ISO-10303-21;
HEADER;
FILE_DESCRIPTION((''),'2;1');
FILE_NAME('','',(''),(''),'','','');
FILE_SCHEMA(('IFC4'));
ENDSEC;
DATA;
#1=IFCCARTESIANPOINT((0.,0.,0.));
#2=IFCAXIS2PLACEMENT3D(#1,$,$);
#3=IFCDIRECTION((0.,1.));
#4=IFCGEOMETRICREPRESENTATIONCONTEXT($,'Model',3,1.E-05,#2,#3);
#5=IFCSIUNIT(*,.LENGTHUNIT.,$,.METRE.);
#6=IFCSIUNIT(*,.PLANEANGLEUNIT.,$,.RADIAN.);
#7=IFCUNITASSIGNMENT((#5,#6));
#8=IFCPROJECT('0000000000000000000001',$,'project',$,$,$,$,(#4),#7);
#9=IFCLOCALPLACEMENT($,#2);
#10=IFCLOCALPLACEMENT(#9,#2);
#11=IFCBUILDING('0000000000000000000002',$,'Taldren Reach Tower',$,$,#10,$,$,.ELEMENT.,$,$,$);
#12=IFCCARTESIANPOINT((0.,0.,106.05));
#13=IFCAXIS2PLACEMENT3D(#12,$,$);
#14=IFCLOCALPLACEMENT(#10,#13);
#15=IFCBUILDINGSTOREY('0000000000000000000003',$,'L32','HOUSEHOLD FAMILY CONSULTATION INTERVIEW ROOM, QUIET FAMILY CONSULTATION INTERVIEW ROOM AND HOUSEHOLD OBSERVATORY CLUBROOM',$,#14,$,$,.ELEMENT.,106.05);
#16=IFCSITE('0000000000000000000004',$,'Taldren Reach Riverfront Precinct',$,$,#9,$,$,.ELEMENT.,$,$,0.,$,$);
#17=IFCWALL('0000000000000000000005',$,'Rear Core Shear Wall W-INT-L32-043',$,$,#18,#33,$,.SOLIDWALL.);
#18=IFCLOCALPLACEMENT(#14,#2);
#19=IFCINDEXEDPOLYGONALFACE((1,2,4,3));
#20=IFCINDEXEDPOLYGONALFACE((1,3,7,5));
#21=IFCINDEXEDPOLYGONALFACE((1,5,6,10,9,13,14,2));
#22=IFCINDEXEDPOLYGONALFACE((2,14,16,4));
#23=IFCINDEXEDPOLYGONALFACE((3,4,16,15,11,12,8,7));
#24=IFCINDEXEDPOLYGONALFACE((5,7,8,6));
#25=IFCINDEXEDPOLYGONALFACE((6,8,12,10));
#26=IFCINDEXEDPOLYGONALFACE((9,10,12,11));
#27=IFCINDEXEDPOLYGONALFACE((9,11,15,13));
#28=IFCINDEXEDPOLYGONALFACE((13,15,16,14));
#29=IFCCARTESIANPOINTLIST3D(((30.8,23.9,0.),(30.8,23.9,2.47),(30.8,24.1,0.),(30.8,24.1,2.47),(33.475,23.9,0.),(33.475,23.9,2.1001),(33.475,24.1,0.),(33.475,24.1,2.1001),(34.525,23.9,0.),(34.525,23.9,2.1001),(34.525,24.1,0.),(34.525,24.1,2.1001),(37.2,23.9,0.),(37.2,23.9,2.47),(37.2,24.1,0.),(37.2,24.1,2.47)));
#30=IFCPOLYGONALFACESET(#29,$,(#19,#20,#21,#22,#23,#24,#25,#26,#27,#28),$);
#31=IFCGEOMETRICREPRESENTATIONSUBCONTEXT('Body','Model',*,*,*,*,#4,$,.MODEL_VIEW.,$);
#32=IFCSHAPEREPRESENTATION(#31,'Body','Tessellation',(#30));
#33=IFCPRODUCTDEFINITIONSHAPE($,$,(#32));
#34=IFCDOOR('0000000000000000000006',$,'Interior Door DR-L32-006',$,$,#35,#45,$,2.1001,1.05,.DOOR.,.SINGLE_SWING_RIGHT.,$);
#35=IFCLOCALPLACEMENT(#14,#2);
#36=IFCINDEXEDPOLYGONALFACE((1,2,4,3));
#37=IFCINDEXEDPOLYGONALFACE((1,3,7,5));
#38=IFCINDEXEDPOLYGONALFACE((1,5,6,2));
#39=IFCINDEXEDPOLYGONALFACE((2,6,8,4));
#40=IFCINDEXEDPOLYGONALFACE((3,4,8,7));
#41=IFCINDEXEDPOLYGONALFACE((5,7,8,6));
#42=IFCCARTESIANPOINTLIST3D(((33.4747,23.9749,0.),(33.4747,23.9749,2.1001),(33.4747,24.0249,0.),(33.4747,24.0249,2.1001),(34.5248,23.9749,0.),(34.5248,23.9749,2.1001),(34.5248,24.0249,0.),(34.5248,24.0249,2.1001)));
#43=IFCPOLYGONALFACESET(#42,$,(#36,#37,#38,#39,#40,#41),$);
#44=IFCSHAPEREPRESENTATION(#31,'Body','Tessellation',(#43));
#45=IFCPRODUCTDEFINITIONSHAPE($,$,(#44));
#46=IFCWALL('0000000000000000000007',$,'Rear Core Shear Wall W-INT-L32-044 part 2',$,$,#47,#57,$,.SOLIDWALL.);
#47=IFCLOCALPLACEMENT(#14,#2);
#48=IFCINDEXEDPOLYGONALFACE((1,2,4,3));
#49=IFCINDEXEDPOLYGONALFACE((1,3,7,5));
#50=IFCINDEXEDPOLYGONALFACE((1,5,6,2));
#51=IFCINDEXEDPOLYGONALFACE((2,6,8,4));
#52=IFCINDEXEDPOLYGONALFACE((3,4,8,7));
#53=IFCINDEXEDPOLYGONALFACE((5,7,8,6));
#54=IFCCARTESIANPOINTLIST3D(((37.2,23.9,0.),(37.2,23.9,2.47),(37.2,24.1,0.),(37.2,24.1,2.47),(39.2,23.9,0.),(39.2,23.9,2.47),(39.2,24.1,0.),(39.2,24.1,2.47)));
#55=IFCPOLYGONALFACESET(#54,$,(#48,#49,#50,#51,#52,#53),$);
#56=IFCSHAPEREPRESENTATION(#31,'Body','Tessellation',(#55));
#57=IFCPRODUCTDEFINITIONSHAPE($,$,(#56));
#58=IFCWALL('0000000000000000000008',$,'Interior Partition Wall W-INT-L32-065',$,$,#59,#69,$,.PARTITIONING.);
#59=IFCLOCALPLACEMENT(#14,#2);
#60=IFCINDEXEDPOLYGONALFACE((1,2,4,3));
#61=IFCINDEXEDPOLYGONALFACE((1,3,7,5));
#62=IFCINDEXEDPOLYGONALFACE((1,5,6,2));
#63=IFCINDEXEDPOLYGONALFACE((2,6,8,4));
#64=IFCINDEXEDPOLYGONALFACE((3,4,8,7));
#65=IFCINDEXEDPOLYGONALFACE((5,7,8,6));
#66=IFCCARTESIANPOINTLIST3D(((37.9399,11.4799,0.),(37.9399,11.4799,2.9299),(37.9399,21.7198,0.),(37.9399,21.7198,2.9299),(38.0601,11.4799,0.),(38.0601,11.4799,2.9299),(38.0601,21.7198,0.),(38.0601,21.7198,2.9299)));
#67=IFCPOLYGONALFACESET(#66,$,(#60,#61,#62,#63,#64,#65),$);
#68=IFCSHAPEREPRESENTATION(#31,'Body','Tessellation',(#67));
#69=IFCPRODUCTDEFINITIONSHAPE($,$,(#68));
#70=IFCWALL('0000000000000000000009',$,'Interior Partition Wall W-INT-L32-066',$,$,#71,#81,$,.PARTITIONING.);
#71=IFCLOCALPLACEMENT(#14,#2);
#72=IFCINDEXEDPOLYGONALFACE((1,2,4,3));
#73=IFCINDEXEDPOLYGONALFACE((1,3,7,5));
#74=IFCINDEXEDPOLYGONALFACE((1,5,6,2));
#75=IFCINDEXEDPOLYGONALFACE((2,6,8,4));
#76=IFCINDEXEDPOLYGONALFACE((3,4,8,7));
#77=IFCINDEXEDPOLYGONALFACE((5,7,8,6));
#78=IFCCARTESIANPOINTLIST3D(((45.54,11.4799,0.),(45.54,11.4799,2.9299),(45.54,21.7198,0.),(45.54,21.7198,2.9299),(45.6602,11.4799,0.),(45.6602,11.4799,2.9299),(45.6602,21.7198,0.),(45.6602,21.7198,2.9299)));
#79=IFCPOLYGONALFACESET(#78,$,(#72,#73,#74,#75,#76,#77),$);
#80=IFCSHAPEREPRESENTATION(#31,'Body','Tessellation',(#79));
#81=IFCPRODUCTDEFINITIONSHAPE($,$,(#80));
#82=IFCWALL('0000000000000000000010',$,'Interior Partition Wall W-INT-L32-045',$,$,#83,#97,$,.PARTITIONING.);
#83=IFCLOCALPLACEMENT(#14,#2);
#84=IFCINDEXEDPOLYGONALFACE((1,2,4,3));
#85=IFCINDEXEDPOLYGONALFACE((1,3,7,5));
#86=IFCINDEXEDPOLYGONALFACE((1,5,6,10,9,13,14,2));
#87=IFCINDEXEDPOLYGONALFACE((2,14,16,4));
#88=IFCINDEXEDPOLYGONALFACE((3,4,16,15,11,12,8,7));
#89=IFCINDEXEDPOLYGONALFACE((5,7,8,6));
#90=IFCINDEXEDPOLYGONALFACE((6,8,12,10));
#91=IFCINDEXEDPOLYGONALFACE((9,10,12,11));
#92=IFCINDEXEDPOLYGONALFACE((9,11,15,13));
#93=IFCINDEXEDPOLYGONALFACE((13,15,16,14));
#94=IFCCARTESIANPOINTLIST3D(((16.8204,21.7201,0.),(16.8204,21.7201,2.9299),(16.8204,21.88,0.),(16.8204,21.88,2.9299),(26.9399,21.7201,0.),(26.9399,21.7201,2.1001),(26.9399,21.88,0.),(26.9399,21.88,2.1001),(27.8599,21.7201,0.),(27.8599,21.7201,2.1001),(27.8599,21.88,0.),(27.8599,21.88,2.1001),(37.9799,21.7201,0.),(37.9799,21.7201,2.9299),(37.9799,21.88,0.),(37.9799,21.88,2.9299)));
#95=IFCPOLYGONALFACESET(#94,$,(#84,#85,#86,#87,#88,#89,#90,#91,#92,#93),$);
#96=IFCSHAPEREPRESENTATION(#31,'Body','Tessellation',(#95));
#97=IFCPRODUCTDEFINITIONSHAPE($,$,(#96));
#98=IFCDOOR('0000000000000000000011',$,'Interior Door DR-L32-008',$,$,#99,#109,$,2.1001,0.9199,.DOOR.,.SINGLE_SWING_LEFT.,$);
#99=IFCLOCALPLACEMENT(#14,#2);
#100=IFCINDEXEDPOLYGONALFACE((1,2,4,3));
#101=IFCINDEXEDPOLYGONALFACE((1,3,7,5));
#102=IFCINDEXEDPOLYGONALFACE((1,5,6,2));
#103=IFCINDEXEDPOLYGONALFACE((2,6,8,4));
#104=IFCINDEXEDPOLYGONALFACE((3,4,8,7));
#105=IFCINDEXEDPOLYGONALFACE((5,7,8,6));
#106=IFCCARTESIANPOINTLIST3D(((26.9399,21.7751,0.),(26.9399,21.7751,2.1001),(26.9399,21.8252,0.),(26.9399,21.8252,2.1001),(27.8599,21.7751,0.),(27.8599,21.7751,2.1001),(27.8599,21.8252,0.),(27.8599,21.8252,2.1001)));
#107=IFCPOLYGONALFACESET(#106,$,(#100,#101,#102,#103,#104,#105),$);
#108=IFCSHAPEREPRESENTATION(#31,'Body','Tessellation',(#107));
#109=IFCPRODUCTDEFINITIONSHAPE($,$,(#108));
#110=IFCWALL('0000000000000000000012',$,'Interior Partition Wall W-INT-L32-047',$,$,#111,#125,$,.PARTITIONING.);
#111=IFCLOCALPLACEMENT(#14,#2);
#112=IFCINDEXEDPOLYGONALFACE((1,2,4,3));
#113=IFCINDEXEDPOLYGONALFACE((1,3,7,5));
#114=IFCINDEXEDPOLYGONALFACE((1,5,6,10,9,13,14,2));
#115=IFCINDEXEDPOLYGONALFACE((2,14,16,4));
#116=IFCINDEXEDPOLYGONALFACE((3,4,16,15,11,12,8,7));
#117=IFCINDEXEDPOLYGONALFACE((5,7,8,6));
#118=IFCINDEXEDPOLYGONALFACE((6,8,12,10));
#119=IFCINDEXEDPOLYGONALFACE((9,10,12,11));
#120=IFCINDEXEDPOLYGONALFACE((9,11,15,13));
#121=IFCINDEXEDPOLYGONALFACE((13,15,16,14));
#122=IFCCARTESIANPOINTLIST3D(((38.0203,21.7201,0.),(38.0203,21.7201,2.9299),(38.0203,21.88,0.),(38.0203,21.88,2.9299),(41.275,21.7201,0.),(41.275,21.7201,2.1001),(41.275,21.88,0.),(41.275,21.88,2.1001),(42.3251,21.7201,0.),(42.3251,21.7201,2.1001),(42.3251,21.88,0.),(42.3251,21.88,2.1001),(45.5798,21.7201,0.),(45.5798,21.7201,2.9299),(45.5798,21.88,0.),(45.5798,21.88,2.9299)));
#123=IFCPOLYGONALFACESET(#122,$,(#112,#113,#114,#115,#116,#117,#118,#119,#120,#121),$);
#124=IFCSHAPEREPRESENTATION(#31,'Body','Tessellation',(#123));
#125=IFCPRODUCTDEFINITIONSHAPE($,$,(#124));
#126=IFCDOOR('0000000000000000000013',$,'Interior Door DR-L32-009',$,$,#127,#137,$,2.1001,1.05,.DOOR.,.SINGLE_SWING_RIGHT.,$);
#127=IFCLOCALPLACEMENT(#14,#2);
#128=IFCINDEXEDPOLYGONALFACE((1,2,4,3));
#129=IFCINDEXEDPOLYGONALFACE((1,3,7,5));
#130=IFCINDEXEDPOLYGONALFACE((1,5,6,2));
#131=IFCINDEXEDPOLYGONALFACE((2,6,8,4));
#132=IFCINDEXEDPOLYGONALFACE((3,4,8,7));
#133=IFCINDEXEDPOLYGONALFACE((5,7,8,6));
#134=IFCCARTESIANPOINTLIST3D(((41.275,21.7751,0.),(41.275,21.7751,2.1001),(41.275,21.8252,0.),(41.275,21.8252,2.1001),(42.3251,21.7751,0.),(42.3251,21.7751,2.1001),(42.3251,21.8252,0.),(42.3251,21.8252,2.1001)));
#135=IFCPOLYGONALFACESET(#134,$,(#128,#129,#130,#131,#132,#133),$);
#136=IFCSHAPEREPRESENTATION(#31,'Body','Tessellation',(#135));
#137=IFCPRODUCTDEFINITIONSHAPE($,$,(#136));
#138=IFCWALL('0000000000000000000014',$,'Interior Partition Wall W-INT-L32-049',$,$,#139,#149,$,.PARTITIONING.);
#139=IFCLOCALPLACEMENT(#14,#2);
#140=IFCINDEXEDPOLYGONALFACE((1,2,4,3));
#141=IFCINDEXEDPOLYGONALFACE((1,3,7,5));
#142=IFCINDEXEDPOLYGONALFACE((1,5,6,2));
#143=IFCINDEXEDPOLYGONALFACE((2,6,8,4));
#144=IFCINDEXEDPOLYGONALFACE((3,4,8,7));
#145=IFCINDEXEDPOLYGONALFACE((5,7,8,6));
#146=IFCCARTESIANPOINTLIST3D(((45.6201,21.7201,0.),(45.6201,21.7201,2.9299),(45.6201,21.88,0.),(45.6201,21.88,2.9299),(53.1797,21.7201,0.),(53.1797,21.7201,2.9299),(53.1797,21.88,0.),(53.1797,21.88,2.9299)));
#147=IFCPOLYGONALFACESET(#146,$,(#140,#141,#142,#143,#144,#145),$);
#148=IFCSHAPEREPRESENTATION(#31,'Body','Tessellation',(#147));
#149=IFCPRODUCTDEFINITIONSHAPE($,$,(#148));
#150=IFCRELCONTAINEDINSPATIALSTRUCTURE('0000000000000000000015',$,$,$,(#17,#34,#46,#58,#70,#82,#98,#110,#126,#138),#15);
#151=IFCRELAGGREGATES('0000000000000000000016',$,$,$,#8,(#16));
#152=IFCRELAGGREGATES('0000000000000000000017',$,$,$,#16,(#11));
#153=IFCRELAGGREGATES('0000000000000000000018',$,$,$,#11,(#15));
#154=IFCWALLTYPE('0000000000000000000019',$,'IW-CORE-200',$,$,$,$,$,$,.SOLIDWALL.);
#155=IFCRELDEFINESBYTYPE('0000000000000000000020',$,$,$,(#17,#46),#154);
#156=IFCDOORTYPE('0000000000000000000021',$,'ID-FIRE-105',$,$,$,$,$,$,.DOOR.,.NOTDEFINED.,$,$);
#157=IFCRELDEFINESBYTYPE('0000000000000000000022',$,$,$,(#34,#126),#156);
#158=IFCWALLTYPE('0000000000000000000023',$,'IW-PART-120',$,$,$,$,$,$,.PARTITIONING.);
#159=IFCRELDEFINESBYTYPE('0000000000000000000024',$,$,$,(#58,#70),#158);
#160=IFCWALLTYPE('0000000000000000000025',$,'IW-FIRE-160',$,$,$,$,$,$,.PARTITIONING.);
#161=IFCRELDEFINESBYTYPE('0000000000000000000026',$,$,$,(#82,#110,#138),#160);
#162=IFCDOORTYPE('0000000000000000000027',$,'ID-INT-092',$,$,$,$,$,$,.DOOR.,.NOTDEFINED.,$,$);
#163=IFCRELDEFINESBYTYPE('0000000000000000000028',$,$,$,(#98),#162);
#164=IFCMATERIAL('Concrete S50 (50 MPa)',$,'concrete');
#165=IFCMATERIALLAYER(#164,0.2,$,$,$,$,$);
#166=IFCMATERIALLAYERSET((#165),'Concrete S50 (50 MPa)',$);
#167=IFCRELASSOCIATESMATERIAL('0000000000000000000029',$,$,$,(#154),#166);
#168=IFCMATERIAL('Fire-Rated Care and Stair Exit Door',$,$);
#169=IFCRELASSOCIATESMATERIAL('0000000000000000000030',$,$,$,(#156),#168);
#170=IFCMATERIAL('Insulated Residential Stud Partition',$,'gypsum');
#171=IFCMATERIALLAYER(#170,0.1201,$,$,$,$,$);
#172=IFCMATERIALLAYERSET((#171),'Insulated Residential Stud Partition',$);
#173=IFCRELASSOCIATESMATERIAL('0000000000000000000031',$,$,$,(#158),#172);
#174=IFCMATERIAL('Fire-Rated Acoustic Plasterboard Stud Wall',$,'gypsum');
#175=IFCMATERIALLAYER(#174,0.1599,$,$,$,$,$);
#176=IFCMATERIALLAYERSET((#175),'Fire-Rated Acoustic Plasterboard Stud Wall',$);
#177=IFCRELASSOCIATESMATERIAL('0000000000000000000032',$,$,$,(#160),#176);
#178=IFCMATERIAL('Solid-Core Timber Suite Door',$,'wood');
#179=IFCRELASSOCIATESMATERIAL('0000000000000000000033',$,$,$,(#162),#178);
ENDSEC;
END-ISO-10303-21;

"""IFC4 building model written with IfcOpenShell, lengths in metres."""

from ifc_helpers import new_model, si_unit, direction, frame, frame_2d, origin, place, context, subcontext, project, spatial, rectangle, extrude, source, transform, mapped, material, layer, layer_set, type_object, element, fill, save


model = new_model("IFC4")

# Units and contexts
model_context = context("Model", 3, precision=1e-05, world=origin(), true_north=direction((0.0, 1.0)))
body_context = subcontext(model_context, "Body", "Model", "MODEL_VIEW")
ifc_project = project(units=[si_unit("LENGTHUNIT", "METRE"), si_unit("PLANEANGLEUNIT", "RADIAN")], contexts=[model_context])

# Site, building, storey
site_placement = place(None, origin())
site = spatial("IfcSite", under=ifc_project, at=site_placement, Name="Taldren Reach Riverfront Precinct", CompositionType="ELEMENT", RefElevation=0.0)
building_placement = place(site_placement, origin())
building = spatial("IfcBuilding", under=site, at=building_placement, Name="Taldren Reach Tower", CompositionType="ELEMENT")
storey_placement = place(building_placement, frame((0.0, 0.0, 106.05)))
storey = spatial("IfcBuildingStorey", under=building, at=storey_placement, Name="L32", Description="HOUSEHOLD FAMILY CONSULTATION INTERVIEW ROOM, QUIET FAMILY CONSULTATION INTERVIEW ROOM AND HOUSEHOLD OBSERVATORY CLUBROOM", CompositionType="ELEMENT", Elevation=106.05)

# Wall, opening, door
ifc_material_1 = material(Name="Concrete S50 (50 MPa)", Category="concrete")
ifc_layer_1 = layer(ifc_material_1, 0.2)
ifc_layer_set_1 = layer_set([ifc_layer_1], Name="Concrete S50 (50 MPa)")
wall_type_1 = type_object("IfcWallType", Name="IW-CORE-200", PredefinedType="SOLIDWALL", material=ifc_layer_set_1)
shared_shape_1 = source(origin(), body_context, "Body", "SweptSolid", [
    extrude(rectangle(XDim=6.3999, YDim=0.2, at=frame_2d((3.2, 0.0))), origin(), (0.0, 0.0, 1.0), 2.47),
])
wall_1_placement = place(storey_placement, frame((37.2, 24.0, 0.0), z_axis=(0.0, 0.0, 1.0), x_axis=(-1.0, 0.0, 0.0)))
wall_1 = element("IfcWall", 1, at=wall_1_placement, inside=storey, type_object=wall_type_1, Name="Rear Core Shear Wall W-INT-L32-043", PredefinedType="SOLIDWALL", context=body_context, shape_type="MappedRepresentation", body=[
    mapped(shared_shape_1, transform((0.0, 0.0, 0.0), scale=1.0)),
])
shared_shape_2 = source(origin(), body_context, "Body", "SweptSolid", [
    extrude(rectangle(XDim=1.05, YDim=2.1001, at=frame_2d((0.5249, 1.05))), frame((0.0, 0.1099, 0.0), z_axis=(0.0, -1.0, 0.0), x_axis=(1.0, 0.0, 0.0)), (0.0, 0.0, 1.0), 0.22),
])
opening_1_placement = place(wall_1_placement, frame((2.675, 0.0, 0.0)))
opening_1 = element("IfcOpeningElement", 2, at=opening_1_placement, cuts=wall_1, PredefinedType="OPENING", context=body_context, shape_type="MappedRepresentation", body=[
    mapped(shared_shape_2, transform((0.0, 0.0, 0.0), scale=1.0)),
])
ifc_material_2 = material(Name="Fire-Rated Care and Stair Exit Door")
door_type_1 = type_object("IfcDoorType", Name="ID-FIRE-105", OperationType="NOTDEFINED", PredefinedType="DOOR", material=ifc_material_2)
shared_shape_3 = source(origin(), body_context, "Body", "SweptSolid", [
    extrude(rectangle(XDim=1.05, YDim=2.1001, at=frame_2d((0.5249, 1.05))), frame((0.0, 0.0249, 0.0), z_axis=(0.0, -1.0, 0.0), x_axis=(1.0, 0.0, 0.0)), (0.0, 0.0, 1.0), 0.05),
])
door_1_placement = place(opening_1_placement, frame((1.05, 0.0, 0.0), z_axis=(0.0, 0.0, 1.0), x_axis=(-1.0, 0.0, 0.0)))
door_1 = element("IfcDoor", 3, at=door_1_placement, inside=storey, type_object=door_type_1, Name="Interior Door DR-L32-006", OperationType="SINGLE_SWING_RIGHT", OverallHeight=2.1001, OverallWidth=1.05, PredefinedType="DOOR", context=body_context, shape_type="MappedRepresentation", body=[
    mapped(shared_shape_3, transform((0.0, 0.0, 0.0), scale=1.0)),
])
fill(opening_1, door_1)

# Walls
shared_shape_4 = source(origin(), body_context, "Body", "SweptSolid", [
    extrude(rectangle(XDim=2.0, YDim=0.2, at=frame_2d((1.0, 0.0))), origin(), (0.0, 0.0, 1.0), 2.47),
])
wall_2_placement = place(storey_placement, frame((39.2, 24.0, 0.0), z_axis=(0.0, 0.0, 1.0), x_axis=(-1.0, 0.0, 0.0)))
element("IfcWall", 4, at=wall_2_placement, inside=storey, type_object=wall_type_1, Name="Rear Core Shear Wall W-INT-L32-044 part 2", PredefinedType="SOLIDWALL", context=body_context, shape_type="MappedRepresentation", body=[
    mapped(shared_shape_4, transform((0.0, 0.0, 0.0), scale=1.0)),
])
ifc_material_3 = material(Name="Insulated Residential Stud Partition", Category="gypsum")
ifc_layer_2 = layer(ifc_material_3, 0.1201)
ifc_layer_set_2 = layer_set([ifc_layer_2], Name="Insulated Residential Stud Partition")
wall_type_2 = type_object("IfcWallType", Name="IW-PART-120", PredefinedType="PARTITIONING", material=ifc_layer_set_2)
shared_shape_5 = source(origin(), body_context, "Body", "SweptSolid", [
    extrude(rectangle(XDim=10.24, YDim=0.1201, at=frame_2d((5.1201, 0.0))), origin(), (0.0, 0.0, 1.0), 2.9299),
])
for number, where, z_axis, x_axis, name in (
    (5, (38.0, 21.72, 0.0), (0.0, 0.0, 1.0), (0.0, -1.0, 0.0), "Interior Partition Wall W-INT-L32-065"),
    (6, (45.6001, 21.72, 0.0), (0.0, 0.0, 1.0), (0.0, -1.0, 0.0), "Interior Partition Wall W-INT-L32-066"),
):
    element("IfcWall", number, at=place(storey_placement, frame(where, z_axis=z_axis, x_axis=x_axis)), inside=storey, type_object=wall_type_2, Name=name, PredefinedType="PARTITIONING", context=body_context, shape_type="MappedRepresentation", body=[
        mapped(shared_shape_5, transform((0.0, 0.0, 0.0), scale=1.0)),
    ])

# Walls, openings, doors
ifc_material_4 = material(Name="Fire-Rated Acoustic Plasterboard Stud Wall", Category="gypsum")
ifc_layer_3 = layer(ifc_material_4, 0.1599)
ifc_layer_set_3 = layer_set([ifc_layer_3], Name="Fire-Rated Acoustic Plasterboard Stud Wall")
wall_type_3 = type_object("IfcWallType", Name="IW-FIRE-160", PredefinedType="PARTITIONING", material=ifc_layer_set_3)
shared_shape_6 = source(origin(), body_context, "Body", "SweptSolid", [
    extrude(rectangle(XDim=21.1594, YDim=0.1599, at=frame_2d((10.5796, 0.0))), origin(), (0.0, 0.0, 1.0), 2.9299),
])
wall_3_placement = place(storey_placement, frame((37.9797, 21.8, 0.0), z_axis=(0.0, 0.0, 1.0), x_axis=(-1.0, 0.0, 0.0)))
wall_3 = element("IfcWall", 7, at=wall_3_placement, inside=storey, type_object=wall_type_3, Name="Interior Partition Wall W-INT-L32-045", PredefinedType="PARTITIONING", context=body_context, shape_type="MappedRepresentation", body=[
    mapped(shared_shape_6, transform((0.0, 0.0, 0.0), scale=1.0)),
])
shared_shape_7 = source(origin(), body_context, "Body", "SweptSolid", [
    extrude(rectangle(XDim=0.9199, YDim=2.1001, at=frame_2d((0.46, 1.05))), frame((0.0, 0.0898, 0.0), z_axis=(0.0, -1.0, 0.0), x_axis=(1.0, 0.0, 0.0)), (0.0, 0.0, 1.0), 0.1799),
])
opening_2_placement = place(wall_3_placement, frame((10.1199, 0.0, 0.0)))
opening_2 = element("IfcOpeningElement", 8, at=opening_2_placement, cuts=wall_3, PredefinedType="OPENING", context=body_context, shape_type="MappedRepresentation", body=[
    mapped(shared_shape_7, transform((0.0, 0.0, 0.0), scale=1.0)),
])
ifc_material_5 = material(Name="Solid-Core Timber Suite Door", Category="wood")
door_type_2 = type_object("IfcDoorType", Name="ID-INT-092", OperationType="NOTDEFINED", PredefinedType="DOOR", material=ifc_material_5)
shared_shape_8 = source(origin(), body_context, "Body", "SweptSolid", [
    extrude(rectangle(XDim=0.9199, YDim=2.1001, at=frame_2d((0.46, 1.05))), frame((0.0, 0.0249, 0.0), z_axis=(0.0, -1.0, 0.0), x_axis=(1.0, 0.0, 0.0)), (0.0, 0.0, 1.0), 0.05),
])
door_2_placement = place(opening_2_placement, origin())
door_2 = element("IfcDoor", 9, at=door_2_placement, inside=storey, type_object=door_type_2, Name="Interior Door DR-L32-008", OperationType="SINGLE_SWING_LEFT", OverallHeight=2.1001, OverallWidth=0.9199, PredefinedType="DOOR", context=body_context, shape_type="MappedRepresentation", body=[
    mapped(shared_shape_8, transform((0.0, 0.0, 0.0), scale=1.0)),
])
fill(opening_2, door_2)
shared_shape_9 = source(origin(), body_context, "Body", "SweptSolid", [
    extrude(rectangle(XDim=7.5596, YDim=0.1599, at=frame_2d((3.7798, 0.0))), origin(), (0.0, 0.0, 1.0), 2.9299),
])
wall_4_placement = place(storey_placement, frame((45.5798, 21.8, 0.0), z_axis=(0.0, 0.0, 1.0), x_axis=(-1.0, 0.0, 0.0)))
wall_4 = element("IfcWall", 10, at=wall_4_placement, inside=storey, type_object=wall_type_3, Name="Interior Partition Wall W-INT-L32-047", PredefinedType="PARTITIONING", context=body_context, shape_type="MappedRepresentation", body=[
    mapped(shared_shape_9, transform((0.0, 0.0, 0.0), scale=1.0)),
])
shared_shape_10 = source(origin(), body_context, "Body", "SweptSolid", [
    extrude(rectangle(XDim=1.05, YDim=2.1001, at=frame_2d((0.5249, 1.05))), frame((0.0, 0.0898, 0.0), z_axis=(0.0, -1.0, 0.0), x_axis=(1.0, 0.0, 0.0)), (0.0, 0.0, 1.0), 0.1799),
])
opening_3_placement = place(wall_4_placement, frame((3.2549, 0.0, 0.0)))
opening_3 = element("IfcOpeningElement", 11, at=opening_3_placement, cuts=wall_4, PredefinedType="OPENING", context=body_context, shape_type="MappedRepresentation", body=[
    mapped(shared_shape_10, transform((0.0, 0.0, 0.0), scale=1.0)),
])
door_3_placement = place(opening_3_placement, origin())
door_3 = element("IfcDoor", 12, at=door_3_placement, inside=storey, type_object=door_type_1, Name="Interior Door DR-L32-009", OperationType="SINGLE_SWING_RIGHT", OverallHeight=2.1001, OverallWidth=1.05, PredefinedType="DOOR", context=body_context, shape_type="MappedRepresentation", body=[
    mapped(shared_shape_3, transform((0.0, 0.0, 0.0), scale=1.0)),
])
fill(opening_3, door_3)

# Wall
wall_5_placement = place(storey_placement, frame((53.1797, 21.8, 0.0), z_axis=(0.0, 0.0, 1.0), x_axis=(-1.0, 0.0, 0.0)))
element("IfcWall", 13, at=wall_5_placement, inside=storey, type_object=wall_type_3, Name="Interior Partition Wall W-INT-L32-049", PredefinedType="PARTITIONING", context=body_context, shape_type="MappedRepresentation", body=[
    mapped(shared_shape_9, transform((0.0, 0.0, 0.0), scale=1.0)),
])

save(model, "model.ifc")
